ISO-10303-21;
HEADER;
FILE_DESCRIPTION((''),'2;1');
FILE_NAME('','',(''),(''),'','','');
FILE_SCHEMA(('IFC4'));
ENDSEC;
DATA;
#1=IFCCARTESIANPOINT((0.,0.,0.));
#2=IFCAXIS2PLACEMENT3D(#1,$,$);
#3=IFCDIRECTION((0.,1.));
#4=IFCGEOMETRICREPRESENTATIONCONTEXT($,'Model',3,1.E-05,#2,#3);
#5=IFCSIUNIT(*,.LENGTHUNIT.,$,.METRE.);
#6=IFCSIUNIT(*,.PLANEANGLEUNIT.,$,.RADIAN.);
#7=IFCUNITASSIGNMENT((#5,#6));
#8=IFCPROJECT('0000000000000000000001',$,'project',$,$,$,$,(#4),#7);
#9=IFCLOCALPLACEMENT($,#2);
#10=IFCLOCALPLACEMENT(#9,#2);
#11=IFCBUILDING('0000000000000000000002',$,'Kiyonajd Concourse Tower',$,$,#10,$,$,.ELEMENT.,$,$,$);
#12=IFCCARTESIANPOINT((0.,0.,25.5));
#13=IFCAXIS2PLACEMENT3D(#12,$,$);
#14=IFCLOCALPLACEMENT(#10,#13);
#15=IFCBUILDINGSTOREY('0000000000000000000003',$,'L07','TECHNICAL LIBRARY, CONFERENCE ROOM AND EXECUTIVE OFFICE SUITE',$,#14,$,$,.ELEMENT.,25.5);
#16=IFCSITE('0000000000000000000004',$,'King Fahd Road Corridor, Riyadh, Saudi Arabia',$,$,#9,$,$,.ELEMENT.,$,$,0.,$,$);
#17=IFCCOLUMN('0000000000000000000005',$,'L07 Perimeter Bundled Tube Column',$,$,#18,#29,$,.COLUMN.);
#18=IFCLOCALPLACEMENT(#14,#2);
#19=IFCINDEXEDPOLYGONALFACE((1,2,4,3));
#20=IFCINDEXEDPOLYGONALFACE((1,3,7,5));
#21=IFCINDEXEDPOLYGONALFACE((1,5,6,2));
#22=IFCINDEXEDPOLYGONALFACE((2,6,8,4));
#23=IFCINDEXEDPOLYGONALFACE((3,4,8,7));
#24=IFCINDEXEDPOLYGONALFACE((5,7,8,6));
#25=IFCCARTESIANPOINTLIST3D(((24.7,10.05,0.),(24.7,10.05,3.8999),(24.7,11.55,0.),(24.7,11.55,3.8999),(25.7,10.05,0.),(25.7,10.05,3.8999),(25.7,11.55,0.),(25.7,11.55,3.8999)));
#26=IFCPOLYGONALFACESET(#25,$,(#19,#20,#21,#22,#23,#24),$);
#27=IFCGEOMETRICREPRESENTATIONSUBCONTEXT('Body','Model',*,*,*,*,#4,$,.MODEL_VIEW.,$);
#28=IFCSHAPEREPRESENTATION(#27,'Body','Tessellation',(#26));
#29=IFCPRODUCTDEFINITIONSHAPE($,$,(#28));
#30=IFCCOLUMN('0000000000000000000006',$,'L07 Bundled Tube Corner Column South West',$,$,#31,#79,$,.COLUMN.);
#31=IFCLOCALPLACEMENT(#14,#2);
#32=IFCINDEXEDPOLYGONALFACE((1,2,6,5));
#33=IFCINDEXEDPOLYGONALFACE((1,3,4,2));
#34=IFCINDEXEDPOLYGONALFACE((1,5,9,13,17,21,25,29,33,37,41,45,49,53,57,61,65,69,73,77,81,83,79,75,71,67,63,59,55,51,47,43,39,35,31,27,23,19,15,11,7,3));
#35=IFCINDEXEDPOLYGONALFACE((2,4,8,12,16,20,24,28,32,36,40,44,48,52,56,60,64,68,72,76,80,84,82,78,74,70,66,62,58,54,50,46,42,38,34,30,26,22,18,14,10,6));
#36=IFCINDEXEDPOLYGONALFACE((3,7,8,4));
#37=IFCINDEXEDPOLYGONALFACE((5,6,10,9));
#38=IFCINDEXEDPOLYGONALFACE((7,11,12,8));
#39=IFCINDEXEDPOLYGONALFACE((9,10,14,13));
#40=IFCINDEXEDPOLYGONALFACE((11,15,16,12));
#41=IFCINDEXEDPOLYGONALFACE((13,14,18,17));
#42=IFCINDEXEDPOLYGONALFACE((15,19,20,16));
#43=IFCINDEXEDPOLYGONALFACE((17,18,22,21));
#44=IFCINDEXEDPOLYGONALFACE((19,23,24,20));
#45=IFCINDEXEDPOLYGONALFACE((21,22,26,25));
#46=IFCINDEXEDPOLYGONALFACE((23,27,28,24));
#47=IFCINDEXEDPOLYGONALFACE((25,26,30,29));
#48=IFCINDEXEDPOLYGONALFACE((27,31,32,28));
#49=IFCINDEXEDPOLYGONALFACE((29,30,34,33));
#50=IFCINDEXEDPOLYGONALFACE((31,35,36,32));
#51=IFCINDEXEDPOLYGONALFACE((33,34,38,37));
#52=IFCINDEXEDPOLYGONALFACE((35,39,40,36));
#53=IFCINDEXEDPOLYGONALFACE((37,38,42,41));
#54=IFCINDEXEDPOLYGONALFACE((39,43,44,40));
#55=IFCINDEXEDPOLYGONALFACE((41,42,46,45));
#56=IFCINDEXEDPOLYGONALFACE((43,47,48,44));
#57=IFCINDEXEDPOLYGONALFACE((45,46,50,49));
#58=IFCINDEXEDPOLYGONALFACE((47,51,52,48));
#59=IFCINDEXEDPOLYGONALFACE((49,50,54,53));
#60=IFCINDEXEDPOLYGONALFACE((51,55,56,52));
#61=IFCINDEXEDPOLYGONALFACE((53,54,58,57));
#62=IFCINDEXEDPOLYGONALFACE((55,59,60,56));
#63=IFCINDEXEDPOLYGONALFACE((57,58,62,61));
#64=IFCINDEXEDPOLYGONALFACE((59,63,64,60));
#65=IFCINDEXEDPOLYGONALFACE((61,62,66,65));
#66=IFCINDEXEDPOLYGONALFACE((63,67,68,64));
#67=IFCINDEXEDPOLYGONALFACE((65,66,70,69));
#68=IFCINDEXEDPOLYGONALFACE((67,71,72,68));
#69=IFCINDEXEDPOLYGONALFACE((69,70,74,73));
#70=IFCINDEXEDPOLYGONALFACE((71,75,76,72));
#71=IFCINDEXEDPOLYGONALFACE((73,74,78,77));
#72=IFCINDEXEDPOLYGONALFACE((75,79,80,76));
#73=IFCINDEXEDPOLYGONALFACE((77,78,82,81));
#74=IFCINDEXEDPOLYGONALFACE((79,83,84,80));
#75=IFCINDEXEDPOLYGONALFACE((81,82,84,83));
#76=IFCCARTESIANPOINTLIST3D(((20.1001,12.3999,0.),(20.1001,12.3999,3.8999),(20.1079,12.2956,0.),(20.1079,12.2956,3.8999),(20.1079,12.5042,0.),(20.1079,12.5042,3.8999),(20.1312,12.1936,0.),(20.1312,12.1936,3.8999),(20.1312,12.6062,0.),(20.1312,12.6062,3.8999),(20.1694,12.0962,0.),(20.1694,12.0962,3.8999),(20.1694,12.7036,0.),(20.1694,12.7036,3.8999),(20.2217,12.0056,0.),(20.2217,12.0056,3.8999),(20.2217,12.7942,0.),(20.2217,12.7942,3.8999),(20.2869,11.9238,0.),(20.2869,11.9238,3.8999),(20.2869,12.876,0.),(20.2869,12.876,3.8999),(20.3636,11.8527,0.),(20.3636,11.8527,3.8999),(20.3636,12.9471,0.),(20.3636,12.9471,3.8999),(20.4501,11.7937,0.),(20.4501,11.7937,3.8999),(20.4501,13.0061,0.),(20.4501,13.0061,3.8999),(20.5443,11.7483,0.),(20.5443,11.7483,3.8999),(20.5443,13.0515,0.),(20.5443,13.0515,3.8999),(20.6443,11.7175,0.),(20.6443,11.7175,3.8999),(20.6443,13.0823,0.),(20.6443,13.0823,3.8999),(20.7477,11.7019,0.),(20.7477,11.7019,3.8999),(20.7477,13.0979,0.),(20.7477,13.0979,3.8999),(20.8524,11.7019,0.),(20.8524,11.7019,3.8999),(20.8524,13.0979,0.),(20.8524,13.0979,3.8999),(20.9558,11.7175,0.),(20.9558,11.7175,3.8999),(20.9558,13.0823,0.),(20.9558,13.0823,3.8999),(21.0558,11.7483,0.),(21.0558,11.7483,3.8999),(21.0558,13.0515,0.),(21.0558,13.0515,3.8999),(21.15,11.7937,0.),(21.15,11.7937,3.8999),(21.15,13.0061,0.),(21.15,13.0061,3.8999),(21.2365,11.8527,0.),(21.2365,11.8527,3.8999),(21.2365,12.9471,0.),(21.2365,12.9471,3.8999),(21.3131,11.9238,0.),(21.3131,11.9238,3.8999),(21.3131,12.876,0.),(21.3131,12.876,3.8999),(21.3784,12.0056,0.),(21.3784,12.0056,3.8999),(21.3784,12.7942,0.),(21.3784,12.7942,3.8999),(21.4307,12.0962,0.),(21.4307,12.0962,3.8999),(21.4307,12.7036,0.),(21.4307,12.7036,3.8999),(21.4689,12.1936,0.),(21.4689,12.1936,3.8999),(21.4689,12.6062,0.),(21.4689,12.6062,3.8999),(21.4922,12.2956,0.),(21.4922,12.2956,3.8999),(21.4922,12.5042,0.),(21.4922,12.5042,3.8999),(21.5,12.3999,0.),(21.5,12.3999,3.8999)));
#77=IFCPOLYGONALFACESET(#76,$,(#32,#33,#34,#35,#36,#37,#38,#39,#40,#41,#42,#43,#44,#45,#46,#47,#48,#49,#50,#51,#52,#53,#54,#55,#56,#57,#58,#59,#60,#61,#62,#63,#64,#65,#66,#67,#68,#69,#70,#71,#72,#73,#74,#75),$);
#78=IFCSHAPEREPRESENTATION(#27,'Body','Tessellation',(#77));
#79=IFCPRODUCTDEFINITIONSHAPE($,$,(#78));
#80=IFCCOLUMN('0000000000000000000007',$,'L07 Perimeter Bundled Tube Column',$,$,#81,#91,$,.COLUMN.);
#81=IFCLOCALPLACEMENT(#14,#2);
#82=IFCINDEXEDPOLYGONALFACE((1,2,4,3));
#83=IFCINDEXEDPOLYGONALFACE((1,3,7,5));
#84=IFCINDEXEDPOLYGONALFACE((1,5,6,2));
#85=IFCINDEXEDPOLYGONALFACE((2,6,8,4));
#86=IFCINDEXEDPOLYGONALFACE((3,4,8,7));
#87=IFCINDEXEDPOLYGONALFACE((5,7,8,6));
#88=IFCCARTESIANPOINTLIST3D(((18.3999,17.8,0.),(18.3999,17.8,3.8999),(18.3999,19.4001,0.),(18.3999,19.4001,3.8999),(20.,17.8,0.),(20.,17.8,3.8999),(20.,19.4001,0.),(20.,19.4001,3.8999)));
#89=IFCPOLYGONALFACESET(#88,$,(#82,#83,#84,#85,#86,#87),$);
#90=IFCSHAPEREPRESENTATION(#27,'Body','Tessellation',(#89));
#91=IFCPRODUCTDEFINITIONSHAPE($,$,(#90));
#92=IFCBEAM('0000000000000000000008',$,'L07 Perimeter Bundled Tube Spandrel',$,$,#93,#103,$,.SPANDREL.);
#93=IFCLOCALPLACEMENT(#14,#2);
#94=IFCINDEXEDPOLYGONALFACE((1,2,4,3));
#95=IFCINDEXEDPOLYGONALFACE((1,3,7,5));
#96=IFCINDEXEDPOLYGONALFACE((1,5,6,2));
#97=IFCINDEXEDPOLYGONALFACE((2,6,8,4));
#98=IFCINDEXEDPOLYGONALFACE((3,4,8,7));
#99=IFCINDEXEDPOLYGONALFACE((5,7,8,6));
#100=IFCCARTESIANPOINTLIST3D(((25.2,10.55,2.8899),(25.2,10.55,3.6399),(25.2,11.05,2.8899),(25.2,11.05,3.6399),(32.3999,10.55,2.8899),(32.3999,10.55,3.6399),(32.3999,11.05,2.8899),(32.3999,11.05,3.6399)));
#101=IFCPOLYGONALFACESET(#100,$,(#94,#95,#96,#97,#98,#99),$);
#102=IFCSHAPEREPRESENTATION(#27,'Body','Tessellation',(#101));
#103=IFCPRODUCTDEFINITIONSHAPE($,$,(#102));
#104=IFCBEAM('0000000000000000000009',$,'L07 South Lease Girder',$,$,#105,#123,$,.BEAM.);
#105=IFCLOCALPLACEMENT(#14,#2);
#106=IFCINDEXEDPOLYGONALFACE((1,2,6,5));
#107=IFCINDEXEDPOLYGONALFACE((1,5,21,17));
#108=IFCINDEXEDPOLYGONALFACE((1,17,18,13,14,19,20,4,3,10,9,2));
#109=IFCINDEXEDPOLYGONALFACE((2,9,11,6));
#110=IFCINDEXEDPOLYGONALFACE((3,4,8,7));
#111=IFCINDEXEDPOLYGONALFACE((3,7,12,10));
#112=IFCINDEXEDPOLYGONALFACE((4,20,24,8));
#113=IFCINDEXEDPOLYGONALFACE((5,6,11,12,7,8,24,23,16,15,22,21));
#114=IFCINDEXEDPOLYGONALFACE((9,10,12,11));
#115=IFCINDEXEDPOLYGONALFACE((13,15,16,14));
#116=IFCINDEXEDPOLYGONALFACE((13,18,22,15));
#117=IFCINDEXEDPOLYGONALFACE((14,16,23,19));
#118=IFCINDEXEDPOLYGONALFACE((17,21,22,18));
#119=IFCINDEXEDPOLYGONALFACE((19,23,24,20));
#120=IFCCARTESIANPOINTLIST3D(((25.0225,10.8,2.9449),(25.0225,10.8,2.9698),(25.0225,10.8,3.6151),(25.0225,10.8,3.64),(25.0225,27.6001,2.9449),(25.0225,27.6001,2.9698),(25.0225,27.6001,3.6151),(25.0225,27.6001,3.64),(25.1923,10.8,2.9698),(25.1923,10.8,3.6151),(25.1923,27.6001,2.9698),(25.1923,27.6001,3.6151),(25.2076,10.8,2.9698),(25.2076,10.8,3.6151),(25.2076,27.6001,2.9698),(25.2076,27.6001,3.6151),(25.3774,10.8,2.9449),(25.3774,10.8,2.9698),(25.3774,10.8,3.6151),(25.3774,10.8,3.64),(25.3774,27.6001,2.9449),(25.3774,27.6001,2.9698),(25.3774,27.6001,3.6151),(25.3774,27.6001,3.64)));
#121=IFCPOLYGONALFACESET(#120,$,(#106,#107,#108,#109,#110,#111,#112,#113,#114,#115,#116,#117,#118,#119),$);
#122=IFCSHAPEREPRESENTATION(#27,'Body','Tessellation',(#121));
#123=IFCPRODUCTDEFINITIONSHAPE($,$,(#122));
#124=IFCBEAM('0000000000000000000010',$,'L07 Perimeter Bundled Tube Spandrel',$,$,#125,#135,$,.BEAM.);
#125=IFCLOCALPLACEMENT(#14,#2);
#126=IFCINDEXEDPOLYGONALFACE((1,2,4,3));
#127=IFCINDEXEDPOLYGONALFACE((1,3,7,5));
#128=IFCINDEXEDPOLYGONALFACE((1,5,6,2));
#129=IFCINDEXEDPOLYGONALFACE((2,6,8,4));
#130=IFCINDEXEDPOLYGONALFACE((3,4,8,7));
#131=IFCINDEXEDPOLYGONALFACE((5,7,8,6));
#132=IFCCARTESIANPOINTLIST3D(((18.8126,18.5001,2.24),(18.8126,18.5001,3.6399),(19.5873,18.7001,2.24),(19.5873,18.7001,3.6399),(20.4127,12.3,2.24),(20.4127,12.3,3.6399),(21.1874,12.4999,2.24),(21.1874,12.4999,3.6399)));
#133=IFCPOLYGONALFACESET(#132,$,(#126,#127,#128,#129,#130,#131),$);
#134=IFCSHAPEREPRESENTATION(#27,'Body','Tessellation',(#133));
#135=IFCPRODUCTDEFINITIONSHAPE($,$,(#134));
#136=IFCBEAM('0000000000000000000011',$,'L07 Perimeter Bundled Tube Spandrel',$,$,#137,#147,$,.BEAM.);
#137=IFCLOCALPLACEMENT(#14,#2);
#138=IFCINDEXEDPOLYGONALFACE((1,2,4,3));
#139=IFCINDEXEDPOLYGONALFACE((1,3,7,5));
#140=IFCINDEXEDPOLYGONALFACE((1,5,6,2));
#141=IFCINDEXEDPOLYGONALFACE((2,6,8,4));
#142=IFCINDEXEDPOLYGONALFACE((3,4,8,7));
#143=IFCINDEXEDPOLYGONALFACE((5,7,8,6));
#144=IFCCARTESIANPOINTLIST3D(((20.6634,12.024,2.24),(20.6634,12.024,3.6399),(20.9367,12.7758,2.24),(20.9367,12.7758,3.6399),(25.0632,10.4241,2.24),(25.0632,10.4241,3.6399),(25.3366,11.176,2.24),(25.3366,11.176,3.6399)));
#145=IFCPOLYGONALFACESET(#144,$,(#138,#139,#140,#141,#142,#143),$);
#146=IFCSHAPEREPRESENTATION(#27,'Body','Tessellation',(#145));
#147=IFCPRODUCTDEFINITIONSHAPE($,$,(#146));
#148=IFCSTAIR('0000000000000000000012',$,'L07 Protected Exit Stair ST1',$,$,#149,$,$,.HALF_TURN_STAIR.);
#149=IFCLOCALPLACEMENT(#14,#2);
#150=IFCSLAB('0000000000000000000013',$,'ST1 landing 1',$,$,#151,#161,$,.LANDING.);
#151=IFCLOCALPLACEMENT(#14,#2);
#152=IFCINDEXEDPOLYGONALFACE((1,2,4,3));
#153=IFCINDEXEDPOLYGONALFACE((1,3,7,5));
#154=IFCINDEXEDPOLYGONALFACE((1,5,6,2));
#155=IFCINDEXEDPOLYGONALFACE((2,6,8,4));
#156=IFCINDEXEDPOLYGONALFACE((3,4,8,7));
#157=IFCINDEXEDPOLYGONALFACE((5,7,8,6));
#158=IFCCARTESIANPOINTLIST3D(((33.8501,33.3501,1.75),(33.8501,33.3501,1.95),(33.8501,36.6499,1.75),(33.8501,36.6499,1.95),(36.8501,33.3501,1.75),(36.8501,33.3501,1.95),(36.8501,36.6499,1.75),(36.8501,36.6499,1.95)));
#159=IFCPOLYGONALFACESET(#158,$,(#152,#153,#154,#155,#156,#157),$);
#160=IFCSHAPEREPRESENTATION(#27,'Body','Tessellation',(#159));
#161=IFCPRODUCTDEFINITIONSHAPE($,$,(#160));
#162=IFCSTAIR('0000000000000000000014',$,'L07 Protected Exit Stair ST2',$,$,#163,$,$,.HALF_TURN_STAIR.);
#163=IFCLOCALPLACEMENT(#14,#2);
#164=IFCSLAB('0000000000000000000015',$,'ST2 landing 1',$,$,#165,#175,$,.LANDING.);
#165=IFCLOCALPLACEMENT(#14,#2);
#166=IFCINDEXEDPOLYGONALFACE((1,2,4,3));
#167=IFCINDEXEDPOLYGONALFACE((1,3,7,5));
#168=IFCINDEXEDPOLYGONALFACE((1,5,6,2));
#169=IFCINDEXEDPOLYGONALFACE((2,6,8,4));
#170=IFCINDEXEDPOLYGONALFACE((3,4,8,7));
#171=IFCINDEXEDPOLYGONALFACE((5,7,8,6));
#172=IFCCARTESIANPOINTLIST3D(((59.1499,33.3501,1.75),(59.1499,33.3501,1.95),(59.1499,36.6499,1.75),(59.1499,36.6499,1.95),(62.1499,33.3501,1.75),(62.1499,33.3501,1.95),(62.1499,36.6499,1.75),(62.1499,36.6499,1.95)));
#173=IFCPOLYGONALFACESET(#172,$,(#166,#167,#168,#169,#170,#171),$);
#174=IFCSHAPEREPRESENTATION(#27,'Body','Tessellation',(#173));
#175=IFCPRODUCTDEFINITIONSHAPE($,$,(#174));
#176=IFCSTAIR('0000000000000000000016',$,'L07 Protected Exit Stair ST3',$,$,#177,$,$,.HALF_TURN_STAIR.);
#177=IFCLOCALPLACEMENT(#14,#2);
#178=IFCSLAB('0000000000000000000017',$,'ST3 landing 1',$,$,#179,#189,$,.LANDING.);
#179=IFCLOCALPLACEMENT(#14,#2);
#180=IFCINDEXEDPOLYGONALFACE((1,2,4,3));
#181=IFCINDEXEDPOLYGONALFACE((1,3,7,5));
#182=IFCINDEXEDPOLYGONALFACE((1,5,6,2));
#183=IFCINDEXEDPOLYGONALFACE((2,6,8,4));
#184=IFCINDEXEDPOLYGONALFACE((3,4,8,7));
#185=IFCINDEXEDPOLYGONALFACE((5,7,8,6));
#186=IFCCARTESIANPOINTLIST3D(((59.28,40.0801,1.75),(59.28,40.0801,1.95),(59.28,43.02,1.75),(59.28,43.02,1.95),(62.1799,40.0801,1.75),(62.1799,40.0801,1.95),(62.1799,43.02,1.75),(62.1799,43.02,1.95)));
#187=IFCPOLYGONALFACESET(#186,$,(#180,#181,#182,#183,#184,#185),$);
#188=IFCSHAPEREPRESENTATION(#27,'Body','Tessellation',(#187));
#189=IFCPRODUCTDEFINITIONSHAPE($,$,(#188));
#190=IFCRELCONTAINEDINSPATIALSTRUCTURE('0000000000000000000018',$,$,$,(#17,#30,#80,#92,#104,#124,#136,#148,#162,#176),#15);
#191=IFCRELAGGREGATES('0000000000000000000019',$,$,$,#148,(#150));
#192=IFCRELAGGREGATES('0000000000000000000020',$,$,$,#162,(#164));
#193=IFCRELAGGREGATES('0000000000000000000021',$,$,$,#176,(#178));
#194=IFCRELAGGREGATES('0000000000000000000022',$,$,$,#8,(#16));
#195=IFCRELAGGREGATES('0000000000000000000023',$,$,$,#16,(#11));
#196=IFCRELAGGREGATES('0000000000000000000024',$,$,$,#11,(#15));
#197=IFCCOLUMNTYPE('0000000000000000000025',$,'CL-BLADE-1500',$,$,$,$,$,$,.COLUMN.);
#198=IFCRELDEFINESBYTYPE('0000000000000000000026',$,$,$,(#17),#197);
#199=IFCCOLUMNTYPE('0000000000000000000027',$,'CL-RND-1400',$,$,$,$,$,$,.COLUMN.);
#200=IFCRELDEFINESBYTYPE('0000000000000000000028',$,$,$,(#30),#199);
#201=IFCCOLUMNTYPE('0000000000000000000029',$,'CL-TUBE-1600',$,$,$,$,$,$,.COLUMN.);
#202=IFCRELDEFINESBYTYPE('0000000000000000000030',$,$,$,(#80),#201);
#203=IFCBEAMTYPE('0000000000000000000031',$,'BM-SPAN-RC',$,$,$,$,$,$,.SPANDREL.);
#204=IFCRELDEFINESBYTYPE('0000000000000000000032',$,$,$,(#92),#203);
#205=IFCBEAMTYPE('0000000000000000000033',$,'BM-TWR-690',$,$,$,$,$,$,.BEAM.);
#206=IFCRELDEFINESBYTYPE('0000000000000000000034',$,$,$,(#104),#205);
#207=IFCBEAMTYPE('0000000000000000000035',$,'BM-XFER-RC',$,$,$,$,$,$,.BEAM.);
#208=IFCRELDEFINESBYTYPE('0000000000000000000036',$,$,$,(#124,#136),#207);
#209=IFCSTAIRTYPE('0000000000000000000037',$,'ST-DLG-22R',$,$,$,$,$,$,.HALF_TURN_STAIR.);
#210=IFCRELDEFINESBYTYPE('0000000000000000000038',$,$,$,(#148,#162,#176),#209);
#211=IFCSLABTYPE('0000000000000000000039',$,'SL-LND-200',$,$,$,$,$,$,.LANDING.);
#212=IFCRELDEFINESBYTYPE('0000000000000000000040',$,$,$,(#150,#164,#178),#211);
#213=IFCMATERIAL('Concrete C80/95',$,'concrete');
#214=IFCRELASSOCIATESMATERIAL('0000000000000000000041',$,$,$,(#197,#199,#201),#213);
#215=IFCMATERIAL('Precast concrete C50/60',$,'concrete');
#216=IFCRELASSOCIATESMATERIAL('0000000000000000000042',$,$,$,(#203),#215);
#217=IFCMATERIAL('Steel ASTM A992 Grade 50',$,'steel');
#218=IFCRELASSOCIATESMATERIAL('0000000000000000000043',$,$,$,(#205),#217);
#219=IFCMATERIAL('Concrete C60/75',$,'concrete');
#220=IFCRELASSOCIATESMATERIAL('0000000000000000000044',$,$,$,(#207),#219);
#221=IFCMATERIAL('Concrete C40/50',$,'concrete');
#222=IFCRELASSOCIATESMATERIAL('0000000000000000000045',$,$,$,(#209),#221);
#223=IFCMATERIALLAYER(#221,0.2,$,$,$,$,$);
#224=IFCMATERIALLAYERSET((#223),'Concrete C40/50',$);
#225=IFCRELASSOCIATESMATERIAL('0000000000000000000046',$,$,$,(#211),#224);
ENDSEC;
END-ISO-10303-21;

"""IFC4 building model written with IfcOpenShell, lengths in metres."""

from ifc_helpers import new_model, si_unit, direction, frame, origin, origin_2d, place, context, subcontext, project, spatial, polyline, rectangle, circle, i_section, outline, extrude, material, layer, layer_set, material_profile, profile_set, type_object, element, aggregate, save


model = new_model("IFC4")

# Units and contexts
model_context = context("Model", 3, precision=1e-05, world=origin(), true_north=direction((0.0, 1.0)))
body_context = subcontext(model_context, "Body", "Model", "MODEL_VIEW")
ifc_project = project(units=[si_unit("LENGTHUNIT", "METRE"), si_unit("PLANEANGLEUNIT", "RADIAN")], contexts=[model_context])

# Site, building, storey
site_placement = place(None, origin())
site = spatial("IfcSite", under=ifc_project, at=site_placement, Name="King Fahd Road Corridor, Riyadh, Saudi Arabia", CompositionType="ELEMENT", RefElevation=0.0)
building_placement = place(site_placement, origin())
building = spatial("IfcBuilding", under=site, at=building_placement, Name="Kiyonajd Concourse Tower", CompositionType="ELEMENT")
storey_placement = place(building_placement, frame((0.0, 0.0, 25.5)))
storey = spatial("IfcBuildingStorey", under=building, at=storey_placement, Name="L07", Description="TECHNICAL LIBRARY, CONFERENCE ROOM AND EXECUTIVE OFFICE SUITE", CompositionType="ELEMENT", Elevation=25.5)

# Columns
ifc_material_1 = material(Name="Concrete C80/95", Category="concrete")
ifc_material_profile_1 = material_profile(ifc_material_1, rectangle(XDim=1.0, YDim=1.5, at=origin_2d()), Name="RC-1500x1000")
ifc_profile_set_1 = profile_set([ifc_material_profile_1], Name="Concrete C80/95")
column_type_1 = type_object("IfcColumnType", Name="CL-BLADE-1500", PredefinedType="COLUMN", material=ifc_profile_set_1)
column_1_placement = place(storey_placement, frame((25.2, 10.8, 0.0), z_axis=(0.0, 0.0, 1.0), x_axis=(1.0, 0.0, 0.0)))
element("IfcColumn", 1, at=column_1_placement, inside=storey, type_object=column_type_1, Name="L07 Perimeter Bundled Tube Column", PredefinedType="COLUMN", context=body_context, shape_type="SweptSolid", body=[
    extrude(rectangle(XDim=1.0, YDim=1.5, at=origin_2d()), origin(), (0.0, 0.0, 1.0), 3.8999),
])
ifc_material_profile_2 = material_profile(ifc_material_1, circle(Radius=0.7, at=origin_2d()), Name="RCC-D1400")
ifc_profile_set_2 = profile_set([ifc_material_profile_2], Name="Concrete C80/95")
column_type_2 = type_object("IfcColumnType", Name="CL-RND-1400", PredefinedType="COLUMN", material=ifc_profile_set_2)
column_2_placement = place(storey_placement, frame((20.8, 12.3999, 0.0), z_axis=(0.0, 0.0, 1.0), x_axis=(1.0, 0.0, 0.0)))
element("IfcColumn", 2, at=column_2_placement, inside=storey, type_object=column_type_2, Name="L07 Bundled Tube Corner Column South West", PredefinedType="COLUMN", context=body_context, shape_type="SweptSolid", body=[
    extrude(circle(Radius=0.7, at=origin_2d()), origin(), (0.0, 0.0, 1.0), 3.8999),
])
ifc_material_profile_3 = material_profile(ifc_material_1, rectangle(XDim=1.6001, YDim=1.6001, at=origin_2d()), Name="RC-1600x1600")
ifc_profile_set_3 = profile_set([ifc_material_profile_3], Name="Concrete C80/95")
column_type_3 = type_object("IfcColumnType", Name="CL-TUBE-1600", PredefinedType="COLUMN", material=ifc_profile_set_3)
column_3_placement = place(storey_placement, frame((19.2, 18.6001, 0.0), z_axis=(0.0, 0.0, 1.0), x_axis=(1.0, 0.0, 0.0)))
element("IfcColumn", 3, at=column_3_placement, inside=storey, type_object=column_type_3, Name="L07 Perimeter Bundled Tube Column", PredefinedType="COLUMN", context=body_context, shape_type="SweptSolid", body=[
    extrude(rectangle(XDim=1.6001, YDim=1.6001, at=origin_2d()), origin(), (0.0, 0.0, 1.0), 3.8999),
])

# Beams
ifc_material_2 = material(Name="Precast concrete C50/60", Category="concrete")
ifc_material_profile_4 = material_profile(ifc_material_2, rectangle(XDim=0.5, YDim=0.75, at=origin_2d()), Name="RCBM-500x750")
ifc_profile_set_4 = profile_set([ifc_material_profile_4], Name="Precast concrete C50/60")
beam_type_1 = type_object("IfcBeamType", Name="BM-SPAN-RC", PredefinedType="SPANDREL", material=ifc_profile_set_4)
beam_1_placement = place(storey_placement, frame((25.2, 10.8, 3.2649), z_axis=(1.0, 0.0, 0.0), x_axis=(0.0, 1.0, 0.0)))
element("IfcBeam", 4, at=beam_1_placement, inside=storey, type_object=beam_type_1, Name="L07 Perimeter Bundled Tube Spandrel", PredefinedType="SPANDREL", context=body_context, shape_type="SweptSolid", body=[
    extrude(rectangle(XDim=0.5, YDim=0.75, at=origin_2d()), origin(), (0.0, 0.0, 1.0), 7.2),
])
ifc_material_3 = material(Name="Steel ASTM A992 Grade 50", Category="steel")
ifc_material_profile_5 = material_profile(ifc_material_3, i_section(OverallWidth=0.355, OverallDepth=0.6951, WebThickness=0.0154, FlangeThickness=0.0249, at=origin_2d()), Name="W690X217")
ifc_profile_set_5 = profile_set([ifc_material_profile_5], Name="Steel ASTM A992 Grade 50")
beam_type_2 = type_object("IfcBeamType", Name="BM-TWR-690", PredefinedType="BEAM", material=ifc_profile_set_5)
beam_2_placement = place(storey_placement, frame((25.2, 10.8, 3.2925), z_axis=(0.0, 1.0, 0.0), x_axis=(-1.0, 0.0, 0.0)))
element("IfcBeam", 5, at=beam_2_placement, inside=storey, type_object=beam_type_2, Name="L07 South Lease Girder", PredefinedType="BEAM", context=body_context, shape_type="SweptSolid", body=[
    extrude(i_section(OverallWidth=0.355, OverallDepth=0.6951, WebThickness=0.0154, FlangeThickness=0.0249, at=origin_2d()), origin(), (0.0, 0.0, 1.0), 16.8),
])
ifc_material_4 = material(Name="Concrete C60/75", Category="concrete")
ifc_material_profile_6 = material_profile(ifc_material_4, rectangle(XDim=0.8, YDim=1.3999, at=origin_2d()), Name="RCBM-800x1400")
ifc_profile_set_6 = profile_set([ifc_material_profile_6], Name="Concrete C60/75")
beam_type_3 = type_object("IfcBeamType", Name="BM-XFER-RC", PredefinedType="BEAM", material=ifc_profile_set_6)
beam_3_placement = place(storey_placement, frame((19.2, 18.6001, 2.9399), z_axis=(0.249885, -0.968276, 0.0), x_axis=(0.968276, 0.249885, 0.0)))
element("IfcBeam", 6, at=beam_3_placement, inside=storey, type_object=beam_type_3, Name="L07 Perimeter Bundled Tube Spandrel", PredefinedType="BEAM", context=body_context, shape_type="SweptSolid", body=[
    extrude(rectangle(XDim=0.8, YDim=1.3999, at=origin_2d()), origin(), (0.0, 0.0, 1.0), 6.4033),
])
beam_4_placement = place(storey_placement, frame((20.8, 12.3999, 2.9399), z_axis=(0.939801, -0.341722, 0.0), x_axis=(0.341722, 0.939801, 0.0)))
element("IfcBeam", 7, at=beam_4_placement, inside=storey, type_object=beam_type_3, Name="L07 Perimeter Bundled Tube Spandrel", PredefinedType="BEAM", context=body_context, shape_type="SweptSolid", body=[
    extrude(rectangle(XDim=0.8, YDim=1.3999, at=origin_2d()), origin(), (0.0, 0.0, 1.0), 4.6816),
])

# Stairs, slabs
ifc_material_5 = material(Name="Concrete C40/50", Category="concrete")
stair_type = type_object("IfcStairType", Name="ST-DLG-22R", PredefinedType="HALF_TURN_STAIR", material=ifc_material_5)
stair_1_placement = place(storey_placement, origin())
stair_1 = element("IfcStair", 8, at=stair_1_placement, inside=storey, type_object=stair_type, Name="L07 Protected Exit Stair ST1", PredefinedType="HALF_TURN_STAIR")
ifc_layer_1 = layer(ifc_material_5, 0.2)
ifc_layer_set_1 = layer_set([ifc_layer_1], Name="Concrete C40/50")
slab_type_1 = type_object("IfcSlabType", Name="SL-LND-200", PredefinedType="LANDING", material=ifc_layer_set_1)
slab_1_placement = place(storey_placement, frame((0.0, 0.0, 1.75)))
slab_1 = element("IfcSlab", 9, at=slab_1_placement, type_object=slab_type_1, Name="ST1 landing 1", PredefinedType="LANDING", context=body_context, shape_type="SweptSolid", body=[
    extrude(outline(polyline([(36.8501, 33.3501), (36.8501, 36.6499), (33.8501, 36.6499), (33.8501, 33.3501), (36.8501, 33.3501)])), origin(), (0.0, 0.0, 1.0), 0.2),
])
aggregate(stair_1, [slab_1])
stair_2_placement = place(storey_placement, origin())
stair_2 = element("IfcStair", 10, at=stair_2_placement, inside=storey, type_object=stair_type, Name="L07 Protected Exit Stair ST2", PredefinedType="HALF_TURN_STAIR")
slab_2_placement = place(storey_placement, frame((0.0, 0.0, 1.75)))
slab_2 = element("IfcSlab", 11, at=slab_2_placement, type_object=slab_type_1, Name="ST2 landing 1", PredefinedType="LANDING", context=body_context, shape_type="SweptSolid", body=[
    extrude(outline(polyline([(62.1499, 33.3501), (62.1499, 36.6499), (59.1499, 36.6499), (59.1499, 33.3501), (62.1499, 33.3501)])), origin(), (0.0, 0.0, 1.0), 0.2),
])
aggregate(stair_2, [slab_2])
stair_3_placement = place(storey_placement, origin())
stair_3 = element("IfcStair", 12, at=stair_3_placement, inside=storey, type_object=stair_type, Name="L07 Protected Exit Stair ST3", PredefinedType="HALF_TURN_STAIR")
slab_3_placement = place(storey_placement, frame((0.0, 0.0, 1.75)))
slab_3 = element("IfcSlab", 13, at=slab_3_placement, type_object=slab_type_1, Name="ST3 landing 1", PredefinedType="LANDING", context=body_context, shape_type="SweptSolid", body=[
    extrude(outline(polyline([(59.28, 40.0801), (62.1799, 40.0801), (62.1799, 43.02), (59.28, 43.02), (59.28, 40.0801)])), origin(), (0.0, 0.0, 1.0), 0.2),
])
aggregate(stair_3, [slab_3])

save(model, "model.ifc")
